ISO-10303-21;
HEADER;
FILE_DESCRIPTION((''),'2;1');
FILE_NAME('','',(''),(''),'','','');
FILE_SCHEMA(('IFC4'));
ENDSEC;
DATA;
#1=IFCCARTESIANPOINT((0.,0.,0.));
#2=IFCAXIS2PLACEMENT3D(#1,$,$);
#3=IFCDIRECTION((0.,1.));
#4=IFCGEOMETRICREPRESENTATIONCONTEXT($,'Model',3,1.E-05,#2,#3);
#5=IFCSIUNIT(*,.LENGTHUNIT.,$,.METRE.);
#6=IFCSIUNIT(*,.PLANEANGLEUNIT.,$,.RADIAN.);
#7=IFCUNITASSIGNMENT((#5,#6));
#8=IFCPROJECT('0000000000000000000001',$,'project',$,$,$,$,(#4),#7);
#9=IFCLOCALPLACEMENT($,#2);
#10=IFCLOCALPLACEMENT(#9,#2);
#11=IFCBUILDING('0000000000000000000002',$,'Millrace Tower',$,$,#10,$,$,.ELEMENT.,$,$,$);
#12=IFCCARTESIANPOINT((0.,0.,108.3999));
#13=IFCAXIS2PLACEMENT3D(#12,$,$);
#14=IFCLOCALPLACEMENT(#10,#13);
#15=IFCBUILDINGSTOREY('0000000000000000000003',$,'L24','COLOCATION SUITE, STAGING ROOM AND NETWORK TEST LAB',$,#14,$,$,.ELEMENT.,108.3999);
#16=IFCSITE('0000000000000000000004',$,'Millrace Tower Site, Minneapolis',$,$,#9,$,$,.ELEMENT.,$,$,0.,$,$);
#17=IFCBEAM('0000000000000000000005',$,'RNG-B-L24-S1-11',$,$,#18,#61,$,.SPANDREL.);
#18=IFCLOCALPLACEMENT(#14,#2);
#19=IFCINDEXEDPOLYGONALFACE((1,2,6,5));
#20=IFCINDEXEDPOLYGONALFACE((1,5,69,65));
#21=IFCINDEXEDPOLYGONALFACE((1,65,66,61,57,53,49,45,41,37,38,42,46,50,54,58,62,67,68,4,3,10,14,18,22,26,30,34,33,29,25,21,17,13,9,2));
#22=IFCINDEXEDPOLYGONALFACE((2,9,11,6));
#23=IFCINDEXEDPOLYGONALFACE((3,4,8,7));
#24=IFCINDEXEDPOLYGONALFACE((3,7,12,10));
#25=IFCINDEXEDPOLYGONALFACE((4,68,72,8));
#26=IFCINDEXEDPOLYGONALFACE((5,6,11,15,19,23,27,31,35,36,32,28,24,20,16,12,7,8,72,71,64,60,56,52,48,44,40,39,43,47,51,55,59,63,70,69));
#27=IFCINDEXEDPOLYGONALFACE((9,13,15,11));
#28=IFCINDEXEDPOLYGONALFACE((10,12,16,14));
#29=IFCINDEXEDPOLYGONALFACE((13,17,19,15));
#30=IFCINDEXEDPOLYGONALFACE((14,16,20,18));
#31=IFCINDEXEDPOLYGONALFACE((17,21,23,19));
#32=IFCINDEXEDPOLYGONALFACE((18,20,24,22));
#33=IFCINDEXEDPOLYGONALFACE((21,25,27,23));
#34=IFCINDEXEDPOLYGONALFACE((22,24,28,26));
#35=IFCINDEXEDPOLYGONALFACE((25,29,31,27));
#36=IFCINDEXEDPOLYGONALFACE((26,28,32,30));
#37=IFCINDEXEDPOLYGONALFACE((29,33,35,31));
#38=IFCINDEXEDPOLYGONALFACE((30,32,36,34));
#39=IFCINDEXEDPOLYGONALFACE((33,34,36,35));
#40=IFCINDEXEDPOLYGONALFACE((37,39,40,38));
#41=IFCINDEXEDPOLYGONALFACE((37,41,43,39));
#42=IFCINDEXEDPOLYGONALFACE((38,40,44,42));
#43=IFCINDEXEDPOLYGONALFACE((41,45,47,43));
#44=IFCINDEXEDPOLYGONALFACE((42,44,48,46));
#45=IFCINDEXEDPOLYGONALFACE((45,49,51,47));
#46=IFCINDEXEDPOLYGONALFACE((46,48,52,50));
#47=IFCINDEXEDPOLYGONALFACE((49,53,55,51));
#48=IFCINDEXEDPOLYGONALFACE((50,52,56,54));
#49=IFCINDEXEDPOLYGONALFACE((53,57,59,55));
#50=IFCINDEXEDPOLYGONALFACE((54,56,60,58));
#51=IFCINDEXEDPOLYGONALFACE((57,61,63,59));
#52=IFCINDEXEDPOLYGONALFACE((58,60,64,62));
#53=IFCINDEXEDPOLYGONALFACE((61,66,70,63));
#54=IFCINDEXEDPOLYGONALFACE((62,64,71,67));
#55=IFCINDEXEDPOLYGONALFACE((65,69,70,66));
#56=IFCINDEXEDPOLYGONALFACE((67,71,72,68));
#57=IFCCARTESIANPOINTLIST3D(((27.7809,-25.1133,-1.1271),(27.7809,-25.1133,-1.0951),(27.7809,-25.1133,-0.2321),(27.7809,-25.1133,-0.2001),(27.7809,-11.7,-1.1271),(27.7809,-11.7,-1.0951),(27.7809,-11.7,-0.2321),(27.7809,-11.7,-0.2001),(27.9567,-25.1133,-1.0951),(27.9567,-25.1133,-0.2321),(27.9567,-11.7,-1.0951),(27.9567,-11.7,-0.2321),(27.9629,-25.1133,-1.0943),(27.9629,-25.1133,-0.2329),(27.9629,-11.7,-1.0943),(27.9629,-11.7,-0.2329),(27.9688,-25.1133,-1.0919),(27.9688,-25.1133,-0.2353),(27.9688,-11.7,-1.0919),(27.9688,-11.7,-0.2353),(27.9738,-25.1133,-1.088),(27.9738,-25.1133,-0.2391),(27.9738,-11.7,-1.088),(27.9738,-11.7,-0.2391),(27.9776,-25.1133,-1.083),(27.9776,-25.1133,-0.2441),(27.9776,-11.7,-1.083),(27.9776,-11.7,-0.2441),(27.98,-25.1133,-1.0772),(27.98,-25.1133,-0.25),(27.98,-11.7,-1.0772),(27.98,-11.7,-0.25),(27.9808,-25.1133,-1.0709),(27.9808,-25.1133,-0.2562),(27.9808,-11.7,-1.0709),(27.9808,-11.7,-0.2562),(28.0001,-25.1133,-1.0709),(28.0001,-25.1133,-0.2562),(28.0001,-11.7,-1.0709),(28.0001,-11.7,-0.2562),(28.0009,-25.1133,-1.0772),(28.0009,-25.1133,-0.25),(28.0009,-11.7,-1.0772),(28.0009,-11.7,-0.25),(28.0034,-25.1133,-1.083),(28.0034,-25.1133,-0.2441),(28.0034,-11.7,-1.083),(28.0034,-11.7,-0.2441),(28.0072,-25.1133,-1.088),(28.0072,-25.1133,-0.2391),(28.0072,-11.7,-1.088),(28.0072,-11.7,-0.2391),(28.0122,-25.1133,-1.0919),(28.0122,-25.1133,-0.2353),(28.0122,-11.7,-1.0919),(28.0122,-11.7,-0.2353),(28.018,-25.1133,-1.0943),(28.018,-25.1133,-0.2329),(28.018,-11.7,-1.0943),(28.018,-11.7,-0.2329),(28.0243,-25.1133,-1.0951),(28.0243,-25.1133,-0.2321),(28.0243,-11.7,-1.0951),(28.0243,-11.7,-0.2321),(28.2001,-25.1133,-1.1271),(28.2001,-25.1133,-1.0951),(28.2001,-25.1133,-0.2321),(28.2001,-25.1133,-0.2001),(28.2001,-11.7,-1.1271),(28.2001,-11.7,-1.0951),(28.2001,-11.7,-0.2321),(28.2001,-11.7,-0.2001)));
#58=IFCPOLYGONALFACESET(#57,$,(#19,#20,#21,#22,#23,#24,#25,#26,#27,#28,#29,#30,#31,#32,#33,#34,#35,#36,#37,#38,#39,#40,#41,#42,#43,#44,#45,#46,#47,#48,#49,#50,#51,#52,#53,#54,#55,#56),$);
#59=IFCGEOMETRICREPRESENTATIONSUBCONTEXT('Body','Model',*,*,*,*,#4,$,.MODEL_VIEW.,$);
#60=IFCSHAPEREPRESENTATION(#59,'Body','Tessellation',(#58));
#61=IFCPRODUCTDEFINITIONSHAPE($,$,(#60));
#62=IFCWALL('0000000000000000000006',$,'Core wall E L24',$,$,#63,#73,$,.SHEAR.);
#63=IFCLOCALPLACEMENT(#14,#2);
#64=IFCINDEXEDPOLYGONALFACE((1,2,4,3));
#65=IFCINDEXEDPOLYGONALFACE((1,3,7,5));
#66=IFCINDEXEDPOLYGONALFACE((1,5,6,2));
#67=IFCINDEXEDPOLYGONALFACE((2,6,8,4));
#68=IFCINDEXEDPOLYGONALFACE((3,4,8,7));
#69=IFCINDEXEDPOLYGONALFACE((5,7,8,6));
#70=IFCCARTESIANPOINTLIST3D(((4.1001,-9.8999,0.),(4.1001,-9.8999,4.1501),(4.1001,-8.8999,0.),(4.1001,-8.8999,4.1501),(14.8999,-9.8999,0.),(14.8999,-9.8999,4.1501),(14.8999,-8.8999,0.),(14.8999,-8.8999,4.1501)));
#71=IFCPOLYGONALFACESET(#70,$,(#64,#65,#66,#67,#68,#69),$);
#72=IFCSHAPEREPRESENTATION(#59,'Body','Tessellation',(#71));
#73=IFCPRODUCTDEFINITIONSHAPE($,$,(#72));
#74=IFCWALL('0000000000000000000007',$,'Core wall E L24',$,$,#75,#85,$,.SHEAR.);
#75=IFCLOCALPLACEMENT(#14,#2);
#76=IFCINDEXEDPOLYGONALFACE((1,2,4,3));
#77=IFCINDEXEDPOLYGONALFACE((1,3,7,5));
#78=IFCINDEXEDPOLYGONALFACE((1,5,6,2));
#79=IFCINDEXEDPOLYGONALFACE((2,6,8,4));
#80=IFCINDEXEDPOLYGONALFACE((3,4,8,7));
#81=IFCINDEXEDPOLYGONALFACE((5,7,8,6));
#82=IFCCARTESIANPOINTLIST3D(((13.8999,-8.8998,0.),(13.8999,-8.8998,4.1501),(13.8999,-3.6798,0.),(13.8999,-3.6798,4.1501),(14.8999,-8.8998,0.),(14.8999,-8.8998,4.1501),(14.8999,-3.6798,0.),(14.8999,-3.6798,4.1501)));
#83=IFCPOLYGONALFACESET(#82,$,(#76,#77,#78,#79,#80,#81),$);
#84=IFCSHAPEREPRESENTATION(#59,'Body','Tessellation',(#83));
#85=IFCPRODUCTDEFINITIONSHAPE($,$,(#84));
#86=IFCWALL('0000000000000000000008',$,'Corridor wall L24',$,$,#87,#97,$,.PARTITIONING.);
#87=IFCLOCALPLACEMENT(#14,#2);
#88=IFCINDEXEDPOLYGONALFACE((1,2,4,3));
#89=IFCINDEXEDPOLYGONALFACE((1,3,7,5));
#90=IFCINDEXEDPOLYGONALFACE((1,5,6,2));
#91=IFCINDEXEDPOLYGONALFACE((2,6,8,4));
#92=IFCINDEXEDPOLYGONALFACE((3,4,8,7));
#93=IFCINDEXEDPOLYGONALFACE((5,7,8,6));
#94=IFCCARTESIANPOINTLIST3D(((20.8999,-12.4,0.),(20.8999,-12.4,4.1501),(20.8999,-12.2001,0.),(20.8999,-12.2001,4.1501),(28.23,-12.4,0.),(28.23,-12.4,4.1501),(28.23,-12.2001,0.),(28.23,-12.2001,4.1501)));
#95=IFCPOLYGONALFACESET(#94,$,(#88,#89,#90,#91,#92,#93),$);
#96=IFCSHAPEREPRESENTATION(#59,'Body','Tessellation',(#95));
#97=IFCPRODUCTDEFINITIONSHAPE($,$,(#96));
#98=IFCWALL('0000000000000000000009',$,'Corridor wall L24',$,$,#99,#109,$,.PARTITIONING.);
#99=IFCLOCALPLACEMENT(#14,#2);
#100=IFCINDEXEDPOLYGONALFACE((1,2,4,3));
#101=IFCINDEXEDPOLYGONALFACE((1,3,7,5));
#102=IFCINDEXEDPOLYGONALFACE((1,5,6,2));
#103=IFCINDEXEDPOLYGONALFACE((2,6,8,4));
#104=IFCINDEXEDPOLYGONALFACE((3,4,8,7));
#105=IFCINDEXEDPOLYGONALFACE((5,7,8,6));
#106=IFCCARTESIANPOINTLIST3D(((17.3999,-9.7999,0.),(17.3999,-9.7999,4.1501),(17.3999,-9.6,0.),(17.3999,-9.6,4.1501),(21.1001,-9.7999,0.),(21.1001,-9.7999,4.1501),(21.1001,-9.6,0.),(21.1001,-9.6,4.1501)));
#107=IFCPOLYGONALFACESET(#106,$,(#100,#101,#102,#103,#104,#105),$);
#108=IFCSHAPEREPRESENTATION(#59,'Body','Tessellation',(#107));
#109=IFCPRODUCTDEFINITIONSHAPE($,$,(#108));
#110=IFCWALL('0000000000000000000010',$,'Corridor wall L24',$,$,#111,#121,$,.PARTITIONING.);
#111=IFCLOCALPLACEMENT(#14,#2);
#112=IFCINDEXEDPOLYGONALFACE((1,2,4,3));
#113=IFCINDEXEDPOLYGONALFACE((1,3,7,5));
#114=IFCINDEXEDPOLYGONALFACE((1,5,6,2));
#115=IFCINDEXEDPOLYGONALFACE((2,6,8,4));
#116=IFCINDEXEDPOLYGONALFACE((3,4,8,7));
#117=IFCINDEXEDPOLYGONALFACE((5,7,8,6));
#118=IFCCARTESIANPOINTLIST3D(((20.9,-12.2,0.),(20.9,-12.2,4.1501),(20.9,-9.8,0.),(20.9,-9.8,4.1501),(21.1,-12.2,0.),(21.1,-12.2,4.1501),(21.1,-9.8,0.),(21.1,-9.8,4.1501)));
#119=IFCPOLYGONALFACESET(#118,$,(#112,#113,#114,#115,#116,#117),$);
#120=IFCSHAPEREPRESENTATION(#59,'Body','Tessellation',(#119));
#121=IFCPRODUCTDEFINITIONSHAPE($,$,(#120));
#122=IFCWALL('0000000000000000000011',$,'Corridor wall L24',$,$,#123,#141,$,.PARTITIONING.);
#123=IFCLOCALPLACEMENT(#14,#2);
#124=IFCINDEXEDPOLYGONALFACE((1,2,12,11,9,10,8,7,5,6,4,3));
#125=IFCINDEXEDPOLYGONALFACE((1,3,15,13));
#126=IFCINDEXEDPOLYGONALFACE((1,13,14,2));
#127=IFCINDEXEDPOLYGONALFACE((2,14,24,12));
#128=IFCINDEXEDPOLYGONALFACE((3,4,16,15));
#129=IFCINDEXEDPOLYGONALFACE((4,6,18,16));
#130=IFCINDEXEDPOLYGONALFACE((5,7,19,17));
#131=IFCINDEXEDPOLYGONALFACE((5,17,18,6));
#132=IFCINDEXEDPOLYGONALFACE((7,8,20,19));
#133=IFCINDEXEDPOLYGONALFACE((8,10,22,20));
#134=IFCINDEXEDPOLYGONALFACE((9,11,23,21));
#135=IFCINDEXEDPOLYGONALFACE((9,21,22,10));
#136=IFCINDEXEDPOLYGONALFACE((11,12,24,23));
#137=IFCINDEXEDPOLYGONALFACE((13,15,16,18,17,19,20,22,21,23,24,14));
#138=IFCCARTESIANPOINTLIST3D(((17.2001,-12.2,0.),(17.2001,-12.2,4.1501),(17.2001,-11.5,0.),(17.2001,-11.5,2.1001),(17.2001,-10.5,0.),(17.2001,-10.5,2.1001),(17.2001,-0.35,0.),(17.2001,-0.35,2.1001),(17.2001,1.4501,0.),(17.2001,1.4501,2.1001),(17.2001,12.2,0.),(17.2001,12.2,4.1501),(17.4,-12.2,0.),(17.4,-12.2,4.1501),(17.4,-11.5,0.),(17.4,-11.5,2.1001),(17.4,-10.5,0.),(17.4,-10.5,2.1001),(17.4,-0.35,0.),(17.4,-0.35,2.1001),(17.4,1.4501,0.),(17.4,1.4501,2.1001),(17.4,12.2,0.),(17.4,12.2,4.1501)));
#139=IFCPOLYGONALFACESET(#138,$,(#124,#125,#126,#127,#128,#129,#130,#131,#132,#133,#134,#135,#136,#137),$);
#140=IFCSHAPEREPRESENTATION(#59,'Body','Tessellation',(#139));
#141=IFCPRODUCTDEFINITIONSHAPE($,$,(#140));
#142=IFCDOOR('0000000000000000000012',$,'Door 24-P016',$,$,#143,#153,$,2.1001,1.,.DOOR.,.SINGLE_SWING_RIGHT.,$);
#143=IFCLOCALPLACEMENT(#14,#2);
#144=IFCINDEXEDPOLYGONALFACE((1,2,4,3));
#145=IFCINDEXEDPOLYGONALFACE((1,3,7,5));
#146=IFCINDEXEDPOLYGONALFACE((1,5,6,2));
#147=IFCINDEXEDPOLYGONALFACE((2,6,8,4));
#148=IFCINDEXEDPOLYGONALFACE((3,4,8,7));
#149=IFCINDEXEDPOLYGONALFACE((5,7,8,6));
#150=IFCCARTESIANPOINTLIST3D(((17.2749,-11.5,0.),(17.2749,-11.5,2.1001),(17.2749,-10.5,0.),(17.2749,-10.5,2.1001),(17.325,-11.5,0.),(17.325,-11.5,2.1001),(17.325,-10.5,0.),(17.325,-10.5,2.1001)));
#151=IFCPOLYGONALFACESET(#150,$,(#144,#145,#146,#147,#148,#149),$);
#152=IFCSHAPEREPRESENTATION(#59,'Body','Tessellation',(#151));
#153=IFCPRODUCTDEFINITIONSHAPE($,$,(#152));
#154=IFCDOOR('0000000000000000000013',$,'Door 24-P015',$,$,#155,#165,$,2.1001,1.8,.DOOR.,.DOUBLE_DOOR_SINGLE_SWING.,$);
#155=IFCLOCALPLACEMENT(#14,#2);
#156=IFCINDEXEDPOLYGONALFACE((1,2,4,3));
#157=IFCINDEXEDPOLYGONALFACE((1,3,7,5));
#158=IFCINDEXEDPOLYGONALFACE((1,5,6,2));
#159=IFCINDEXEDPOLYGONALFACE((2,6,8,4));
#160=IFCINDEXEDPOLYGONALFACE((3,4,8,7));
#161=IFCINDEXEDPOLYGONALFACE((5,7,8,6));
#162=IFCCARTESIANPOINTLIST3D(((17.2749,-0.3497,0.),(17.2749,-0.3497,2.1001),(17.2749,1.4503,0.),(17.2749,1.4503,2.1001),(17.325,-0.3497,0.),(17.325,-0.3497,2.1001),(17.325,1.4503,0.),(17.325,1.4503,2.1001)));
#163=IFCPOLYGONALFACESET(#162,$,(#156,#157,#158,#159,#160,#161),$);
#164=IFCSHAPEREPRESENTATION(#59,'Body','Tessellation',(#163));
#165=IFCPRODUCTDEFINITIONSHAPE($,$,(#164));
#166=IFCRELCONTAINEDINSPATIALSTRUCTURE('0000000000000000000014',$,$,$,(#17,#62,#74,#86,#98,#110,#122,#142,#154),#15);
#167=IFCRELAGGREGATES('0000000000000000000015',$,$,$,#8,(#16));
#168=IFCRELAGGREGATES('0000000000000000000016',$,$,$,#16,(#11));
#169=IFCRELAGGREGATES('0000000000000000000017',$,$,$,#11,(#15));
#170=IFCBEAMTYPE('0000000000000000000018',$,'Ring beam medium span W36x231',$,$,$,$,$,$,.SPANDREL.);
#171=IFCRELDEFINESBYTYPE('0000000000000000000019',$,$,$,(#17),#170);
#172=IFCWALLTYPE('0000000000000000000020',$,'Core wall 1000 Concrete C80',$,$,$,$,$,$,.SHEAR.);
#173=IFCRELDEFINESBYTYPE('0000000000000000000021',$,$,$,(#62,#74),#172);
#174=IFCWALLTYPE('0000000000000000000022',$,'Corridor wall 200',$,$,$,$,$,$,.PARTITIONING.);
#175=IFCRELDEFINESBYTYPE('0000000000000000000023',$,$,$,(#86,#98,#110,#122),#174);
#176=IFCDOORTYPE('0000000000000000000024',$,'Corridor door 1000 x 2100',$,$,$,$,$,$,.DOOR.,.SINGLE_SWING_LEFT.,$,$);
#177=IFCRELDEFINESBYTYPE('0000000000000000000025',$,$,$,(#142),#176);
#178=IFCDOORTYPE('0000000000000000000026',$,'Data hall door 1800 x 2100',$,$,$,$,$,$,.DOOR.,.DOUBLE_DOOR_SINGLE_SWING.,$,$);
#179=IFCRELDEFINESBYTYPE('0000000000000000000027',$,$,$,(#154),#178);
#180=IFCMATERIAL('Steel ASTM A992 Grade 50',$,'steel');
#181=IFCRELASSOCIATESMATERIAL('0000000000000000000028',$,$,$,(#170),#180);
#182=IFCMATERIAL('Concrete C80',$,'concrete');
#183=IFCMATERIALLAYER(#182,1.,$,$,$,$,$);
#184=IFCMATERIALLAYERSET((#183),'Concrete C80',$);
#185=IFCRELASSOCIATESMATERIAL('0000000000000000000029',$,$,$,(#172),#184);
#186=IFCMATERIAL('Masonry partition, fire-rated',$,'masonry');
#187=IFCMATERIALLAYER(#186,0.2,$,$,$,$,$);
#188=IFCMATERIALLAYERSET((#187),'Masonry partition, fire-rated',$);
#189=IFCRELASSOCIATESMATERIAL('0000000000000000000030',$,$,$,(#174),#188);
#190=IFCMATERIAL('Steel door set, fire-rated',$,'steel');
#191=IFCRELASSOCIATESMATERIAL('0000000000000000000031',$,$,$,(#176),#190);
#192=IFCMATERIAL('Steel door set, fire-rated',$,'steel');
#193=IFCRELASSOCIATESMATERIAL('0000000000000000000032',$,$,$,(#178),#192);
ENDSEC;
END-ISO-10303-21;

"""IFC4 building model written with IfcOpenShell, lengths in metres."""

from ifc_helpers import new_model, si_unit, direction, frame, frame_2d, origin, origin_2d, place, context, subcontext, project, spatial, rectangle, i_section, extrude, material, layer, layer_set, material_profile, profile_set, type_object, element, fill, save


model = new_model("IFC4")

# Units and contexts
model_context = context("Model", 3, precision=1e-05, world=origin(), true_north=direction((0.0, 1.0)))
body_context = subcontext(model_context, "Body", "Model", "MODEL_VIEW")
ifc_project = project(units=[si_unit("LENGTHUNIT", "METRE"), si_unit("PLANEANGLEUNIT", "RADIAN")], contexts=[model_context])

# Site, building, storey
site_placement = place(None, origin())
site = spatial("IfcSite", under=ifc_project, at=site_placement, Name="Millrace Tower Site, Minneapolis", CompositionType="ELEMENT", RefElevation=0.0)
building_placement = place(site_placement, origin())
building = spatial("IfcBuilding", under=site, at=building_placement, Name="Millrace Tower", CompositionType="ELEMENT")
storey_placement = place(building_placement, frame((0.0, 0.0, 108.3999)))
storey = spatial("IfcBuildingStorey", under=building, at=storey_placement, Name="L24", Description="COLOCATION SUITE, STAGING ROOM AND NETWORK TEST LAB", CompositionType="ELEMENT", Elevation=108.3999)

# Beam
ifc_material_1 = material(Name="Steel ASTM A992 Grade 50", Category="steel")
ifc_material_profile_1 = material_profile(ifc_material_1, i_section(OverallWidth=0.4192, OverallDepth=0.927, WebThickness=0.0193, FlangeThickness=0.032, FilletRadius=0.0242, at=origin_2d()))
ifc_profile_set_1 = profile_set([ifc_material_profile_1], Name="Steel ASTM A992 Grade 50")
beam_type_1 = type_object("IfcBeamType", Name="Ring beam medium span W36x231", PredefinedType="SPANDREL", material=ifc_profile_set_1)
beam_1_placement = place(storey_placement, frame((27.9905, -11.7, -0.6636), z_axis=(0.0, -1.0, 0.0), x_axis=(1.0, 0.0, 0.0)))
element("IfcBeam", 1, at=beam_1_placement, inside=storey, type_object=beam_type_1, Name="RNG-B-L24-S1-11", PredefinedType="SPANDREL", context=body_context, shape_type="SweptSolid", body=[
    extrude(i_section(OverallWidth=0.4192, OverallDepth=0.927, WebThickness=0.0193, FlangeThickness=0.032, FilletRadius=0.0242, at=origin_2d()), origin(), (0.0, 0.0, 1.0), 13.4133),
])

# Walls
ifc_material_2 = material(Name="Concrete C80", Category="concrete")
ifc_layer_1 = layer(ifc_material_2, 1.0)
ifc_layer_set_1 = layer_set([ifc_layer_1], Name="Concrete C80")
wall_type_1 = type_object("IfcWallType", Name="Core wall 1000 Concrete C80", PredefinedType="SHEAR", material=ifc_layer_set_1)
wall_1_placement = place(storey_placement, frame((14.8999, -9.3999, 0.0), z_axis=(0.0, 0.0, 1.0), x_axis=(-1.0, 0.0, 0.0)))
element("IfcWall", 2, at=wall_1_placement, inside=storey, type_object=wall_type_1, Name="Core wall E L24", PredefinedType="SHEAR", context=body_context, shape_type="SweptSolid", body=[
    extrude(rectangle(XDim=10.7998, YDim=1.0, at=frame_2d((5.3999, 0.0))), origin(), (0.0, 0.0, 1.0), 4.1501),
])
wall_2_placement = place(storey_placement, frame((14.3999, -3.6799, 0.0), z_axis=(0.0, 0.0, 1.0), x_axis=(0.0, -1.0, 0.0)))
element("IfcWall", 3, at=wall_2_placement, inside=storey, type_object=wall_type_1, Name="Core wall E L24", PredefinedType="SHEAR", context=body_context, shape_type="SweptSolid", body=[
    extrude(rectangle(XDim=5.22, YDim=1.0, at=frame_2d((2.6099, 0.0))), origin(), (0.0, 0.0, 1.0), 4.1501),
])
ifc_material_3 = material(Name="Masonry partition, fire-rated", Category="masonry")
ifc_layer_2 = layer(ifc_material_3, 0.2)
ifc_layer_set_2 = layer_set([ifc_layer_2], Name="Masonry partition, fire-rated")
wall_type_2 = type_object("IfcWallType", Name="Corridor wall 200", PredefinedType="PARTITIONING", material=ifc_layer_set_2)
wall_3_placement = place(storey_placement, frame((20.8999, -12.3, 0.0), z_axis=(0.0, 0.0, 1.0), x_axis=(1.0, 0.0, 0.0)))
element("IfcWall", 4, at=wall_3_placement, inside=storey, type_object=wall_type_2, Name="Corridor wall L24", PredefinedType="PARTITIONING", context=body_context, shape_type="SweptSolid", body=[
    extrude(rectangle(XDim=7.3301, YDim=0.2, at=frame_2d((3.665, 0.0))), origin(), (0.0, 0.0, 1.0), 4.1501),
])
wall_4_placement = place(storey_placement, frame((17.3999, -9.7, 0.0), z_axis=(0.0, 0.0, 1.0), x_axis=(1.0, 0.0, 0.0)))
element("IfcWall", 5, at=wall_4_placement, inside=storey, type_object=wall_type_2, Name="Corridor wall L24", PredefinedType="PARTITIONING", context=body_context, shape_type="SweptSolid", body=[
    extrude(rectangle(XDim=3.7002, YDim=0.2, at=frame_2d((1.8501, 0.0))), origin(), (0.0, 0.0, 1.0), 4.1501),
])
wall_5_placement = place(storey_placement, frame((21.0, -12.2, 0.0), z_axis=(0.0, 0.0, 1.0), x_axis=(0.0, 1.0, 0.0)))
element("IfcWall", 6, at=wall_5_placement, inside=storey, type_object=wall_type_2, Name="Corridor wall L24", PredefinedType="PARTITIONING", context=body_context, shape_type="SweptSolid", body=[
    extrude(rectangle(XDim=2.3999, YDim=0.2, at=frame_2d((1.2, 0.0))), origin(), (0.0, 0.0, 1.0), 4.1501),
])

# Wall, openings, doors
wall_6_placement = place(storey_placement, frame((17.3, -12.2, 0.0), z_axis=(0.0, 0.0, 1.0), x_axis=(0.0, 1.0, 0.0)))
wall_6 = element("IfcWall", 7, at=wall_6_placement, inside=storey, type_object=wall_type_2, Name="Corridor wall L24", PredefinedType="PARTITIONING", context=body_context, shape_type="SweptSolid", body=[
    extrude(rectangle(XDim=24.3999, YDim=0.2, at=frame_2d((12.2, 0.0))), origin(), (0.0, 0.0, 1.0), 4.1501),
])
opening_1_placement = place(wall_6_placement, frame((11.8501, 0.0, 0.0)))
opening_1 = element("IfcOpeningElement", 8, at=opening_1_placement, cuts=wall_6, PredefinedType="OPENING", context=body_context, shape_type="SweptSolid", body=[
    extrude(rectangle(XDim=1.8, YDim=2.1001, at=frame_2d((0.8999, 1.05))), frame((0.0, 0.1099, 0.0), z_axis=(0.0, -1.0, 0.0), x_axis=(1.0, 0.0, 0.0)), (0.0, 0.0, 1.0), 0.22),
])
opening_2_placement = place(wall_6_placement, frame((0.7, 0.0, 0.0)))
opening_2 = element("IfcOpeningElement", 9, at=opening_2_placement, cuts=wall_6, PredefinedType="OPENING", context=body_context, shape_type="SweptSolid", body=[
    extrude(rectangle(XDim=1.0, YDim=2.1001, at=frame_2d((0.5, 1.05))), frame((0.0, 0.1099, 0.0), z_axis=(0.0, -1.0, 0.0), x_axis=(1.0, 0.0, 0.0)), (0.0, 0.0, 1.0), 0.22),
])
ifc_material_4 = material(Name="Steel door set, fire-rated", Category="steel")
door_type_1 = type_object("IfcDoorType", Name="Corridor door 1000 x 2100", OperationType="SINGLE_SWING_LEFT", PredefinedType="DOOR", material=ifc_material_4)
door_1_placement = place(opening_2_placement, frame((1.0, 0.0, 0.0), z_axis=(0.0, 0.0, 1.0), x_axis=(-1.0, 0.0, 0.0)))
door_1 = element("IfcDoor", 10, at=door_1_placement, inside=storey, type_object=door_type_1, Name="Door 24-P016", OperationType="SINGLE_SWING_RIGHT", OverallHeight=2.1001, OverallWidth=1.0, PredefinedType="DOOR", context=body_context, shape_type="SweptSolid", body=[
    extrude(rectangle(XDim=1.0, YDim=2.1001, at=frame_2d((0.5, 1.05))), frame((0.0, 0.0249, 0.0), z_axis=(0.0, -1.0, 0.0), x_axis=(1.0, 0.0, 0.0)), (0.0, 0.0, 1.0), 0.05),
])
fill(opening_2, door_1)
ifc_material_5 = material(Name="Steel door set, fire-rated", Category="steel")
door_type_2 = type_object("IfcDoorType", Name="Data hall door 1800 x 2100", OperationType="DOUBLE_DOOR_SINGLE_SWING", PredefinedType="DOOR", material=ifc_material_5)
door_2_placement = place(opening_1_placement, frame((1.8, 0.0, 0.0), z_axis=(0.0, 0.0, 1.0), x_axis=(-1.0, 0.0, 0.0)))
door_2 = element("IfcDoor", 11, at=door_2_placement, inside=storey, type_object=door_type_2, Name="Door 24-P015", OperationType="DOUBLE_DOOR_SINGLE_SWING", OverallHeight=2.1001, OverallWidth=1.8, PredefinedType="DOOR", context=body_context, shape_type="SweptSolid", body=[
    extrude(rectangle(XDim=1.8, YDim=2.1001, at=frame_2d((0.8999, 1.05))), frame((0.0, 0.0249, 0.0), z_axis=(0.0, -1.0, 0.0), x_axis=(1.0, 0.0, 0.0)), (0.0, 0.0, 1.0), 0.05),
])
fill(opening_1, door_2)

save(model, "model.ifc")
